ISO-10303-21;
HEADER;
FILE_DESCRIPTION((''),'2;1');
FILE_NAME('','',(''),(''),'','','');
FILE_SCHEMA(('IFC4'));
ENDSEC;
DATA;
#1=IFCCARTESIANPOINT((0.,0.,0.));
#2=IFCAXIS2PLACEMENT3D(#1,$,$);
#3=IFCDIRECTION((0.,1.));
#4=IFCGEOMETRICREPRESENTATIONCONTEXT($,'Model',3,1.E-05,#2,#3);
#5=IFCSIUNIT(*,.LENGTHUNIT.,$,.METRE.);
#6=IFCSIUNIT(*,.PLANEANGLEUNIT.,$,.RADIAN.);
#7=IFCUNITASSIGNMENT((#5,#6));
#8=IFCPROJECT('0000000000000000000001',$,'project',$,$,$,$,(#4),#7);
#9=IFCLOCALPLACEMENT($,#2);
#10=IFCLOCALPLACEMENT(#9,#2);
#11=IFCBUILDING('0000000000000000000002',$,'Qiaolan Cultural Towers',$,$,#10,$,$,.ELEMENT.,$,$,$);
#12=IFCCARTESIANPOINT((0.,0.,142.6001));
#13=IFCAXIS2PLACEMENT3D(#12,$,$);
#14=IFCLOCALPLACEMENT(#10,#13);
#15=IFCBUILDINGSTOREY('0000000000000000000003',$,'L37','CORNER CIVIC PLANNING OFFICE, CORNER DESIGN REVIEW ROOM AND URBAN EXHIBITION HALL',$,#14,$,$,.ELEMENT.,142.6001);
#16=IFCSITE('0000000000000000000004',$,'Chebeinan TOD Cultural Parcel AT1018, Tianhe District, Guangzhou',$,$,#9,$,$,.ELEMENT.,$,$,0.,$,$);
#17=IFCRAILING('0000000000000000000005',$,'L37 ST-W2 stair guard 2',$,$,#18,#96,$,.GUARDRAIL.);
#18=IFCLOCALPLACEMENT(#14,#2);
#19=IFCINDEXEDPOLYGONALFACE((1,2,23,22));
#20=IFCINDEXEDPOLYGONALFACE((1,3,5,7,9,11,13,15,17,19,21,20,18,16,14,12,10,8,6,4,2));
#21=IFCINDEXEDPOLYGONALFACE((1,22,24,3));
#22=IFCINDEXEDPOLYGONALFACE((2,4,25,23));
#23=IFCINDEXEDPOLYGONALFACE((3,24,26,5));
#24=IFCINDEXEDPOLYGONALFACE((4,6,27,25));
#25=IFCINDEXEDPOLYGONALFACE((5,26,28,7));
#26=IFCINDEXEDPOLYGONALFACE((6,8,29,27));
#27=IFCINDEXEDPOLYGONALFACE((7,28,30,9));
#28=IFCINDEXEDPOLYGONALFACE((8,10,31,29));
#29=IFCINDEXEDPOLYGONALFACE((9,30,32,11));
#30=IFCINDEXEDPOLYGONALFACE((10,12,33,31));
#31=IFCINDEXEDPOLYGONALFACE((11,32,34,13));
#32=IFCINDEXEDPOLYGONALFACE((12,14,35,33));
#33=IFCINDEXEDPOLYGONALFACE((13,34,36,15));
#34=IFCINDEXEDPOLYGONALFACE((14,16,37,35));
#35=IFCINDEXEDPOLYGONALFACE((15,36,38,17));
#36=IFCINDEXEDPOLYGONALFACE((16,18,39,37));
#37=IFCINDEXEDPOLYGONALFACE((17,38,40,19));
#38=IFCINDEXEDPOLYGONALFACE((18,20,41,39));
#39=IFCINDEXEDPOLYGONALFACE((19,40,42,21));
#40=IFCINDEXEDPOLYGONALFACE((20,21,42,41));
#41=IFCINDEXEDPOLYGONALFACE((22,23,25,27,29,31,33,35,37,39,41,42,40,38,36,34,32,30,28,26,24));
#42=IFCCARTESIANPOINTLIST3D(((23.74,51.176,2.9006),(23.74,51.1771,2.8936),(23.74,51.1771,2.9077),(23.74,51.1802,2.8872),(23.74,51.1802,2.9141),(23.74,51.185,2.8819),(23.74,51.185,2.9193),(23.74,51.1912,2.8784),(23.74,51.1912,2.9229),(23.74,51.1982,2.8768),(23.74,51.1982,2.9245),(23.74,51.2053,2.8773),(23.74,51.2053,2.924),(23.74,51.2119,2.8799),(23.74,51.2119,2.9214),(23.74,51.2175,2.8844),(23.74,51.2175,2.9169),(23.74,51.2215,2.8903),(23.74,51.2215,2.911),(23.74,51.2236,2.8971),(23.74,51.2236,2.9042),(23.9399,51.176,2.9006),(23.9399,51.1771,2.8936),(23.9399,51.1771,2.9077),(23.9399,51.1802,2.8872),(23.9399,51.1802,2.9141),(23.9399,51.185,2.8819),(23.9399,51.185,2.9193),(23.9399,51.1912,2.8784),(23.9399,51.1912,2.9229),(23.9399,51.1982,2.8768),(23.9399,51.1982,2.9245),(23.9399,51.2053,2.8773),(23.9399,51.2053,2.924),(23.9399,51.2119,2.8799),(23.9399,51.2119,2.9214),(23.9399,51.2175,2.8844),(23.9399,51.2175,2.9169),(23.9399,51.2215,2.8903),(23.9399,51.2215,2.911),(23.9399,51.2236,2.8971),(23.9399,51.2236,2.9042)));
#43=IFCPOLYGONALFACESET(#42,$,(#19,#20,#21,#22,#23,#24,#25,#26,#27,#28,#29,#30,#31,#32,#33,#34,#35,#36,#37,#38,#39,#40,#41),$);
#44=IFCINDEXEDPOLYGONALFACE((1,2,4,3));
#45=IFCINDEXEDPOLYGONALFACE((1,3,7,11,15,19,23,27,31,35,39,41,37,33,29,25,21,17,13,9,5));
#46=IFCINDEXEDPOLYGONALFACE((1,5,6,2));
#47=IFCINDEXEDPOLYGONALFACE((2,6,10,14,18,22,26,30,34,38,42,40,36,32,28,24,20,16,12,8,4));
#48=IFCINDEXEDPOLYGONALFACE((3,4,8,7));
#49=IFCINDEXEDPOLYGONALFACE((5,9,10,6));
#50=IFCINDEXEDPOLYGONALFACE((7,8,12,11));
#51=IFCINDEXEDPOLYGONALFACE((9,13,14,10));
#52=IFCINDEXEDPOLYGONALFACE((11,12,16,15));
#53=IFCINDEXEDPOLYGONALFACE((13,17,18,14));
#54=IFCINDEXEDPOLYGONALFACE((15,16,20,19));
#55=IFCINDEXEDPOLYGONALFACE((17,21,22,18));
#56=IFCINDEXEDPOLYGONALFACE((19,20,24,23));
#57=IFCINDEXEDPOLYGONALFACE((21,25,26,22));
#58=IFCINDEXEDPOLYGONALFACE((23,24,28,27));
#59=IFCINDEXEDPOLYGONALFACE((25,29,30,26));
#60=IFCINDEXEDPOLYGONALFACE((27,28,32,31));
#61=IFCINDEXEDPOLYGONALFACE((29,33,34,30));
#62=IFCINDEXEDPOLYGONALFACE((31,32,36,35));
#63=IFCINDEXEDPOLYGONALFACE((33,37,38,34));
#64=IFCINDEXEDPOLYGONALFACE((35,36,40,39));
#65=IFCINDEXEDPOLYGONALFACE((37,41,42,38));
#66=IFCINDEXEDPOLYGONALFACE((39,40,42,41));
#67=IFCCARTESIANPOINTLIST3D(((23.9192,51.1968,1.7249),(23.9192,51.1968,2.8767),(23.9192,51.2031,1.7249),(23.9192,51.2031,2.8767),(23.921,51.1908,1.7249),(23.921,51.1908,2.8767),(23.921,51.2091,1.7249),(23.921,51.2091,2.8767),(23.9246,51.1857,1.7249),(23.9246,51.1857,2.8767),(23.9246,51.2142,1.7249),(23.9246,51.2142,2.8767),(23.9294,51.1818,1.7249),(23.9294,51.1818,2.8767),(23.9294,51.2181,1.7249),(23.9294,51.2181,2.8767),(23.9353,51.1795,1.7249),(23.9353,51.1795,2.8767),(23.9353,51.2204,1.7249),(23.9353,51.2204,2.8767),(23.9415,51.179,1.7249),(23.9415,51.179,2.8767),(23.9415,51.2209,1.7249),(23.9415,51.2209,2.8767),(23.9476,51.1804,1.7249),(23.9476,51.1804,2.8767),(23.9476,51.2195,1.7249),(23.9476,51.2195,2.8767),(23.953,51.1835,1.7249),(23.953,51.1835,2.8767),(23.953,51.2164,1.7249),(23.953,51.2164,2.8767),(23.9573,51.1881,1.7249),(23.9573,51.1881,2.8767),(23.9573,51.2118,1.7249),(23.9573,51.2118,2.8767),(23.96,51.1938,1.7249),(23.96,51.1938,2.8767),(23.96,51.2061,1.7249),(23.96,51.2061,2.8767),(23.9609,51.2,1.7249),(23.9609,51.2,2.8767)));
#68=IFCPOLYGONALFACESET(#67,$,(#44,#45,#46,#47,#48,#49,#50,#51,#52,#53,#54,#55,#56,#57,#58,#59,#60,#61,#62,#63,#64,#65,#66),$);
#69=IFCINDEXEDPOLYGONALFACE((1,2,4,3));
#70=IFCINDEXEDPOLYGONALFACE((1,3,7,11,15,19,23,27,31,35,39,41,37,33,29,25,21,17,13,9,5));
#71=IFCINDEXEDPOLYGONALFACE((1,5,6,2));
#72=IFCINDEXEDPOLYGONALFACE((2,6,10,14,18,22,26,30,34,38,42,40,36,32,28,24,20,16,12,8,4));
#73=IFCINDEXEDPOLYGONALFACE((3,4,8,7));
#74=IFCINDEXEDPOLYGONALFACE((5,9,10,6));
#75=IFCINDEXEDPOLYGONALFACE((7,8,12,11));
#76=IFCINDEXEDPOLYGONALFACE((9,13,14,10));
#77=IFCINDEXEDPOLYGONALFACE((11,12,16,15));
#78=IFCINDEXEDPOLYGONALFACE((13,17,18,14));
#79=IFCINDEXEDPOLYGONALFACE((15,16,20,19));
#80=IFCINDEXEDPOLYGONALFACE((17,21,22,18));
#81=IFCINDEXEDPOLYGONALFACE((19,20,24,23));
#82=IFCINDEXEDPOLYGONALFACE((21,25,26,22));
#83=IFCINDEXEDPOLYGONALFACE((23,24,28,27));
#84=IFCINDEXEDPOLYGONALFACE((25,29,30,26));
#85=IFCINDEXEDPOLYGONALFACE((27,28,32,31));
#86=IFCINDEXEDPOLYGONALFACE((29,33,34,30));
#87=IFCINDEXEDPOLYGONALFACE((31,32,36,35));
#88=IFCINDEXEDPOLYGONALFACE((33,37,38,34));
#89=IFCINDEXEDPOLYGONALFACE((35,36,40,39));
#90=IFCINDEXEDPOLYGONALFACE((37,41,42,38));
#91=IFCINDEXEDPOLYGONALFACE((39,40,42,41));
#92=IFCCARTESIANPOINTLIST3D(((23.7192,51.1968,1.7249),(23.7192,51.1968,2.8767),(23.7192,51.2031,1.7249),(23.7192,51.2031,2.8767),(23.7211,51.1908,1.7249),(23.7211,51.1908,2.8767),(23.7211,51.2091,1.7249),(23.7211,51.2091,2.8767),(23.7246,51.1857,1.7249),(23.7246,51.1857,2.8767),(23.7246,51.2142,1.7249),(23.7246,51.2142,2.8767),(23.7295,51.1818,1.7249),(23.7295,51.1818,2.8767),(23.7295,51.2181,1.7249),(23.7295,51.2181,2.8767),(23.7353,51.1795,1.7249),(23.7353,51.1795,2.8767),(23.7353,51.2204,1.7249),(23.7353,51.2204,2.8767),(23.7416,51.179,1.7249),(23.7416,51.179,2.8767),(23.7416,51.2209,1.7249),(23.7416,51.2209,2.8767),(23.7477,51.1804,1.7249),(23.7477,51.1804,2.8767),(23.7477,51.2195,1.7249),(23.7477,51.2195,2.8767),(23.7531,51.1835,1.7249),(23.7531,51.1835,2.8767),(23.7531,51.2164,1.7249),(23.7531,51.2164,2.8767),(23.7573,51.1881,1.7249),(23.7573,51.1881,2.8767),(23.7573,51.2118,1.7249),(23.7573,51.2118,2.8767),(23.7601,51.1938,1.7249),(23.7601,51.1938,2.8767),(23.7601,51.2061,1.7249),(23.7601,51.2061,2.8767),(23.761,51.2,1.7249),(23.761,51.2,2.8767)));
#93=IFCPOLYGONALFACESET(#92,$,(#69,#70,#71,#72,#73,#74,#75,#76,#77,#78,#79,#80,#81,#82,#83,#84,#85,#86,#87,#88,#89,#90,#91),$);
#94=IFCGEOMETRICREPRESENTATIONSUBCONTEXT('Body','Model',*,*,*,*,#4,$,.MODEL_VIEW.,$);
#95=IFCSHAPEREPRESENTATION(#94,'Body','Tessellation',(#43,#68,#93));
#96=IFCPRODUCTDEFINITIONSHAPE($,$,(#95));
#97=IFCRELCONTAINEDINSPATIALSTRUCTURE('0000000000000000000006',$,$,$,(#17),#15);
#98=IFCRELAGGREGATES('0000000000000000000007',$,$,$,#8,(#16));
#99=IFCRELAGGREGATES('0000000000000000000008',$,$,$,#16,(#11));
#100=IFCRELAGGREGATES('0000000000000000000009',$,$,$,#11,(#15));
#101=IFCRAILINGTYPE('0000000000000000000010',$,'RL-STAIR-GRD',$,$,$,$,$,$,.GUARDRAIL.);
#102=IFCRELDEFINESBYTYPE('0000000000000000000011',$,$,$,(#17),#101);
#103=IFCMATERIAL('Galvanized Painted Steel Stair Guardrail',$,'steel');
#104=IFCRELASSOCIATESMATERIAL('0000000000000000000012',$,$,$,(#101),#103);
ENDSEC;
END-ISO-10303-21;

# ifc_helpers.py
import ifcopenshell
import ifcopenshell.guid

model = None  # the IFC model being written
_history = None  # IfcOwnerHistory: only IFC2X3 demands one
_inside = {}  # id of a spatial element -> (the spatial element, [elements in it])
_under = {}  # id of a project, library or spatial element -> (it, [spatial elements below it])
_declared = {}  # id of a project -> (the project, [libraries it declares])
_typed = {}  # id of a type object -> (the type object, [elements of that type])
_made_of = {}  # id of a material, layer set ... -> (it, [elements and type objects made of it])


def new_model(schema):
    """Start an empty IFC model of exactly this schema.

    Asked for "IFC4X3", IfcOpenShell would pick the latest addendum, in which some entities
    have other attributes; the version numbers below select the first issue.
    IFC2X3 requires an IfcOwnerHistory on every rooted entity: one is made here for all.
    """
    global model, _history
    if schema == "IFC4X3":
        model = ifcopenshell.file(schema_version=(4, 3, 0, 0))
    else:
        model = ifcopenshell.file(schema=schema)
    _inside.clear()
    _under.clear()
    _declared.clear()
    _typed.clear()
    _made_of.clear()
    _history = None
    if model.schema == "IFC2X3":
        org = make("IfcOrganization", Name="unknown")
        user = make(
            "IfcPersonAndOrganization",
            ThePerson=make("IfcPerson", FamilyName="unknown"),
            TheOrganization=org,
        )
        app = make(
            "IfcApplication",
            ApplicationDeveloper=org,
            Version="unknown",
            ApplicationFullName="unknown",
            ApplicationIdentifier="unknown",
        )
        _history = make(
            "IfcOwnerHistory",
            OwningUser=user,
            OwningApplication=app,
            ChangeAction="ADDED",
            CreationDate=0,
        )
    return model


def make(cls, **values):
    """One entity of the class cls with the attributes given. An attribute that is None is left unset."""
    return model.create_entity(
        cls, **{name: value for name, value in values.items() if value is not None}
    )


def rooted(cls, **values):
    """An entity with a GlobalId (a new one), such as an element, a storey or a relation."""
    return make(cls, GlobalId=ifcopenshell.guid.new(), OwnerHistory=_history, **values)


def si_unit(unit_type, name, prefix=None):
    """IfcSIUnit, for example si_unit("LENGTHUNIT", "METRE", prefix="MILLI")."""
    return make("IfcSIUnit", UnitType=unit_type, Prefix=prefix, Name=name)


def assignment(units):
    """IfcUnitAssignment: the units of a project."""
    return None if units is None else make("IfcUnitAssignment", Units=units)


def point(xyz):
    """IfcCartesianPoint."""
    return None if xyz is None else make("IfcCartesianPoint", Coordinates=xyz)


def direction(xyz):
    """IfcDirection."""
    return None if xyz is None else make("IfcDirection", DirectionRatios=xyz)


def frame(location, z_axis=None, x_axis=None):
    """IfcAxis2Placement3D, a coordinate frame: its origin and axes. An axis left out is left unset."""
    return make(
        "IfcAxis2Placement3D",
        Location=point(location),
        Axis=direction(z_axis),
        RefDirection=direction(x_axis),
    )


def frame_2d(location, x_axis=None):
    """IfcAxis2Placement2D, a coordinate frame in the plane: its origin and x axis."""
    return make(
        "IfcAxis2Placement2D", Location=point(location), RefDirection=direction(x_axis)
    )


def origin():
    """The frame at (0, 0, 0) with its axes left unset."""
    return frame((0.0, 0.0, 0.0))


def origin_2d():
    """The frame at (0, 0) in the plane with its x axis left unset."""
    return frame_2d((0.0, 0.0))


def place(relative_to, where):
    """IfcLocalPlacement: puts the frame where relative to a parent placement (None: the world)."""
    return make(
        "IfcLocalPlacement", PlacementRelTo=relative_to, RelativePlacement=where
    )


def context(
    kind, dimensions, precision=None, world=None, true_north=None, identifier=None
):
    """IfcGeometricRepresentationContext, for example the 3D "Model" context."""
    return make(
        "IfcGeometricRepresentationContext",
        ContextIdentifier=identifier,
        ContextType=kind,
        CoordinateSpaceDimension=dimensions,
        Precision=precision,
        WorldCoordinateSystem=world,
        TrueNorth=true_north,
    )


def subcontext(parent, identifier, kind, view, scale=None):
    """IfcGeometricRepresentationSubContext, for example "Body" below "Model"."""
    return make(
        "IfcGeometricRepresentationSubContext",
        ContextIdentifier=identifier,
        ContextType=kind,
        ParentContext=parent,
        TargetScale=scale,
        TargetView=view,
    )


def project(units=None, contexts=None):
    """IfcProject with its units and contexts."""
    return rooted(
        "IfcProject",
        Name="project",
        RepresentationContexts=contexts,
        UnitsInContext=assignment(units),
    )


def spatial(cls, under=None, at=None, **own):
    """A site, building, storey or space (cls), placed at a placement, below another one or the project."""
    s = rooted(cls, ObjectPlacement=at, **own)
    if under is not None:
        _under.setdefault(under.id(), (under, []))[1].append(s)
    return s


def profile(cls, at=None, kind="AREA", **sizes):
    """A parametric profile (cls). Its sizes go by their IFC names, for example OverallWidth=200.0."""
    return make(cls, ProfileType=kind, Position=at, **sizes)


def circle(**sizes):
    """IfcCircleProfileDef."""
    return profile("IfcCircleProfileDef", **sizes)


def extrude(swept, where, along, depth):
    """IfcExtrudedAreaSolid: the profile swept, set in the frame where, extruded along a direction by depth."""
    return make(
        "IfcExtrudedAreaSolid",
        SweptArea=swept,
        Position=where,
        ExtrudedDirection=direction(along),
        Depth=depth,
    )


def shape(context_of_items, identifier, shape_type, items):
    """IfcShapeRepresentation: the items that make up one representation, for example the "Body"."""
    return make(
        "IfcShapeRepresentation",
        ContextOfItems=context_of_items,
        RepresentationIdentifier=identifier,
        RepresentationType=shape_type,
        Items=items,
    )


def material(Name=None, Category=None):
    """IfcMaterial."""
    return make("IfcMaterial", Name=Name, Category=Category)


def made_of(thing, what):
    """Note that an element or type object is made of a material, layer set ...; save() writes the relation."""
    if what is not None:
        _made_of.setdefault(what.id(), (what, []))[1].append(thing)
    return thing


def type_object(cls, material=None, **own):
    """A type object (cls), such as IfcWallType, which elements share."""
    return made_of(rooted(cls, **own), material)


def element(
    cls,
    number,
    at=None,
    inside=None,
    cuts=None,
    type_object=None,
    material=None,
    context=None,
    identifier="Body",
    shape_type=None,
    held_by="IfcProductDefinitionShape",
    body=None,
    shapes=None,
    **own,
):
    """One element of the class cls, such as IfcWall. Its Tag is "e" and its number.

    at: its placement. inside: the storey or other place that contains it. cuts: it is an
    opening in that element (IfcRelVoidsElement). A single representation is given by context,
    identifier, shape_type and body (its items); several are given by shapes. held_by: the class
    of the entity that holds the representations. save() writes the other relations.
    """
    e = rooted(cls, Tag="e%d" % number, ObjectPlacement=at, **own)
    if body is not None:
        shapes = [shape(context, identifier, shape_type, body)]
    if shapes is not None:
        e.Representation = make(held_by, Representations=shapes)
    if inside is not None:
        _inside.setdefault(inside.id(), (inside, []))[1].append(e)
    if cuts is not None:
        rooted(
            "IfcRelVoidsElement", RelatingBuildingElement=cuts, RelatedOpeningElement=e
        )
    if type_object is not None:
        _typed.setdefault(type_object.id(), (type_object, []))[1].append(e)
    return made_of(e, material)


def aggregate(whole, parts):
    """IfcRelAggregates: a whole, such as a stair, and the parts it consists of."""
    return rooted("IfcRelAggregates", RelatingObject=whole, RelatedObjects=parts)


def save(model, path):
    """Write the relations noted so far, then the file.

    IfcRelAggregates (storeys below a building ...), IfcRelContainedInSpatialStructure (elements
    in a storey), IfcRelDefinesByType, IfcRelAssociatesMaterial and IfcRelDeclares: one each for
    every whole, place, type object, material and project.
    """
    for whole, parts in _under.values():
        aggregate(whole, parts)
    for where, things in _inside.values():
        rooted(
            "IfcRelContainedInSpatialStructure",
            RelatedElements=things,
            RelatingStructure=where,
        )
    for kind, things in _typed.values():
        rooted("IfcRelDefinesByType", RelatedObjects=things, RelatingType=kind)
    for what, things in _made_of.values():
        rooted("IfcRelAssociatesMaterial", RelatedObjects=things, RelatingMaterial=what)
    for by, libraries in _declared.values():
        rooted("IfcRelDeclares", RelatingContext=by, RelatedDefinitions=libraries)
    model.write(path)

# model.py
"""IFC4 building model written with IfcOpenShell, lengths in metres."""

from ifc_helpers import new_model, si_unit, direction, frame, origin, origin_2d, place, context, subcontext, project, spatial, circle, extrude, material, type_object, element, save


model = new_model("IFC4")

# Units and contexts
model_context = context("Model", 3, precision=1e-05, world=origin(), true_north=direction((0.0, 1.0)))
body_context = subcontext(model_context, "Body", "Model", "MODEL_VIEW")
ifc_project = project(units=[si_unit("LENGTHUNIT", "METRE"), si_unit("PLANEANGLEUNIT", "RADIAN")], contexts=[model_context])

# Site, building, storey
site_placement = place(None, origin())
site = spatial("IfcSite", under=ifc_project, at=site_placement, Name="Chebeinan TOD Cultural Parcel AT1018, Tianhe District, Guangzhou", CompositionType="ELEMENT", RefElevation=0.0)
building_placement = place(site_placement, origin())
building = spatial("IfcBuilding", under=site, at=building_placement, Name="Qiaolan Cultural Towers", CompositionType="ELEMENT")
storey_placement = place(building_placement, frame((0.0, 0.0, 142.6001)))
storey = spatial("IfcBuildingStorey", under=building, at=storey_placement, Name="L37", Description="CORNER CIVIC PLANNING OFFICE, CORNER DESIGN REVIEW ROOM AND URBAN EXHIBITION HALL", CompositionType="ELEMENT", Elevation=142.6001)

# Railing
ifc_material_1 = material(Name="Galvanized Painted Steel Stair Guardrail", Category="steel")
railing_type_1 = type_object("IfcRailingType", Name="RL-STAIR-GRD", PredefinedType="GUARDRAIL", material=ifc_material_1)
railing_1_placement = place(storey_placement, frame((23.9399, 51.2, 1.7249)))
element("IfcRailing", 1, at=railing_1_placement, inside=storey, type_object=railing_type_1, Name="L37 ST-W2 stair guard 2", PredefinedType="GUARDRAIL", context=body_context, shape_type="SweptSolid", body=[
    extrude(circle(Radius=0.0239, at=origin_2d()), frame((0.0, 0.0, 1.1758), z_axis=(-1.0, 0.0, 0.0), x_axis=(0.0, -1.0, 0.0)), (0.0, 0.0, 1.0), 0.2),
    extrude(circle(Radius=0.021, at=origin_2d()), origin(), (0.0, 0.0, 1.0), 1.1519),
    extrude(circle(Radius=0.021, at=origin_2d()), frame((-0.2, 0.0, 0.0)), (0.0, 0.0, 1.0), 1.1519),
])

save(model, "model.ifc")
